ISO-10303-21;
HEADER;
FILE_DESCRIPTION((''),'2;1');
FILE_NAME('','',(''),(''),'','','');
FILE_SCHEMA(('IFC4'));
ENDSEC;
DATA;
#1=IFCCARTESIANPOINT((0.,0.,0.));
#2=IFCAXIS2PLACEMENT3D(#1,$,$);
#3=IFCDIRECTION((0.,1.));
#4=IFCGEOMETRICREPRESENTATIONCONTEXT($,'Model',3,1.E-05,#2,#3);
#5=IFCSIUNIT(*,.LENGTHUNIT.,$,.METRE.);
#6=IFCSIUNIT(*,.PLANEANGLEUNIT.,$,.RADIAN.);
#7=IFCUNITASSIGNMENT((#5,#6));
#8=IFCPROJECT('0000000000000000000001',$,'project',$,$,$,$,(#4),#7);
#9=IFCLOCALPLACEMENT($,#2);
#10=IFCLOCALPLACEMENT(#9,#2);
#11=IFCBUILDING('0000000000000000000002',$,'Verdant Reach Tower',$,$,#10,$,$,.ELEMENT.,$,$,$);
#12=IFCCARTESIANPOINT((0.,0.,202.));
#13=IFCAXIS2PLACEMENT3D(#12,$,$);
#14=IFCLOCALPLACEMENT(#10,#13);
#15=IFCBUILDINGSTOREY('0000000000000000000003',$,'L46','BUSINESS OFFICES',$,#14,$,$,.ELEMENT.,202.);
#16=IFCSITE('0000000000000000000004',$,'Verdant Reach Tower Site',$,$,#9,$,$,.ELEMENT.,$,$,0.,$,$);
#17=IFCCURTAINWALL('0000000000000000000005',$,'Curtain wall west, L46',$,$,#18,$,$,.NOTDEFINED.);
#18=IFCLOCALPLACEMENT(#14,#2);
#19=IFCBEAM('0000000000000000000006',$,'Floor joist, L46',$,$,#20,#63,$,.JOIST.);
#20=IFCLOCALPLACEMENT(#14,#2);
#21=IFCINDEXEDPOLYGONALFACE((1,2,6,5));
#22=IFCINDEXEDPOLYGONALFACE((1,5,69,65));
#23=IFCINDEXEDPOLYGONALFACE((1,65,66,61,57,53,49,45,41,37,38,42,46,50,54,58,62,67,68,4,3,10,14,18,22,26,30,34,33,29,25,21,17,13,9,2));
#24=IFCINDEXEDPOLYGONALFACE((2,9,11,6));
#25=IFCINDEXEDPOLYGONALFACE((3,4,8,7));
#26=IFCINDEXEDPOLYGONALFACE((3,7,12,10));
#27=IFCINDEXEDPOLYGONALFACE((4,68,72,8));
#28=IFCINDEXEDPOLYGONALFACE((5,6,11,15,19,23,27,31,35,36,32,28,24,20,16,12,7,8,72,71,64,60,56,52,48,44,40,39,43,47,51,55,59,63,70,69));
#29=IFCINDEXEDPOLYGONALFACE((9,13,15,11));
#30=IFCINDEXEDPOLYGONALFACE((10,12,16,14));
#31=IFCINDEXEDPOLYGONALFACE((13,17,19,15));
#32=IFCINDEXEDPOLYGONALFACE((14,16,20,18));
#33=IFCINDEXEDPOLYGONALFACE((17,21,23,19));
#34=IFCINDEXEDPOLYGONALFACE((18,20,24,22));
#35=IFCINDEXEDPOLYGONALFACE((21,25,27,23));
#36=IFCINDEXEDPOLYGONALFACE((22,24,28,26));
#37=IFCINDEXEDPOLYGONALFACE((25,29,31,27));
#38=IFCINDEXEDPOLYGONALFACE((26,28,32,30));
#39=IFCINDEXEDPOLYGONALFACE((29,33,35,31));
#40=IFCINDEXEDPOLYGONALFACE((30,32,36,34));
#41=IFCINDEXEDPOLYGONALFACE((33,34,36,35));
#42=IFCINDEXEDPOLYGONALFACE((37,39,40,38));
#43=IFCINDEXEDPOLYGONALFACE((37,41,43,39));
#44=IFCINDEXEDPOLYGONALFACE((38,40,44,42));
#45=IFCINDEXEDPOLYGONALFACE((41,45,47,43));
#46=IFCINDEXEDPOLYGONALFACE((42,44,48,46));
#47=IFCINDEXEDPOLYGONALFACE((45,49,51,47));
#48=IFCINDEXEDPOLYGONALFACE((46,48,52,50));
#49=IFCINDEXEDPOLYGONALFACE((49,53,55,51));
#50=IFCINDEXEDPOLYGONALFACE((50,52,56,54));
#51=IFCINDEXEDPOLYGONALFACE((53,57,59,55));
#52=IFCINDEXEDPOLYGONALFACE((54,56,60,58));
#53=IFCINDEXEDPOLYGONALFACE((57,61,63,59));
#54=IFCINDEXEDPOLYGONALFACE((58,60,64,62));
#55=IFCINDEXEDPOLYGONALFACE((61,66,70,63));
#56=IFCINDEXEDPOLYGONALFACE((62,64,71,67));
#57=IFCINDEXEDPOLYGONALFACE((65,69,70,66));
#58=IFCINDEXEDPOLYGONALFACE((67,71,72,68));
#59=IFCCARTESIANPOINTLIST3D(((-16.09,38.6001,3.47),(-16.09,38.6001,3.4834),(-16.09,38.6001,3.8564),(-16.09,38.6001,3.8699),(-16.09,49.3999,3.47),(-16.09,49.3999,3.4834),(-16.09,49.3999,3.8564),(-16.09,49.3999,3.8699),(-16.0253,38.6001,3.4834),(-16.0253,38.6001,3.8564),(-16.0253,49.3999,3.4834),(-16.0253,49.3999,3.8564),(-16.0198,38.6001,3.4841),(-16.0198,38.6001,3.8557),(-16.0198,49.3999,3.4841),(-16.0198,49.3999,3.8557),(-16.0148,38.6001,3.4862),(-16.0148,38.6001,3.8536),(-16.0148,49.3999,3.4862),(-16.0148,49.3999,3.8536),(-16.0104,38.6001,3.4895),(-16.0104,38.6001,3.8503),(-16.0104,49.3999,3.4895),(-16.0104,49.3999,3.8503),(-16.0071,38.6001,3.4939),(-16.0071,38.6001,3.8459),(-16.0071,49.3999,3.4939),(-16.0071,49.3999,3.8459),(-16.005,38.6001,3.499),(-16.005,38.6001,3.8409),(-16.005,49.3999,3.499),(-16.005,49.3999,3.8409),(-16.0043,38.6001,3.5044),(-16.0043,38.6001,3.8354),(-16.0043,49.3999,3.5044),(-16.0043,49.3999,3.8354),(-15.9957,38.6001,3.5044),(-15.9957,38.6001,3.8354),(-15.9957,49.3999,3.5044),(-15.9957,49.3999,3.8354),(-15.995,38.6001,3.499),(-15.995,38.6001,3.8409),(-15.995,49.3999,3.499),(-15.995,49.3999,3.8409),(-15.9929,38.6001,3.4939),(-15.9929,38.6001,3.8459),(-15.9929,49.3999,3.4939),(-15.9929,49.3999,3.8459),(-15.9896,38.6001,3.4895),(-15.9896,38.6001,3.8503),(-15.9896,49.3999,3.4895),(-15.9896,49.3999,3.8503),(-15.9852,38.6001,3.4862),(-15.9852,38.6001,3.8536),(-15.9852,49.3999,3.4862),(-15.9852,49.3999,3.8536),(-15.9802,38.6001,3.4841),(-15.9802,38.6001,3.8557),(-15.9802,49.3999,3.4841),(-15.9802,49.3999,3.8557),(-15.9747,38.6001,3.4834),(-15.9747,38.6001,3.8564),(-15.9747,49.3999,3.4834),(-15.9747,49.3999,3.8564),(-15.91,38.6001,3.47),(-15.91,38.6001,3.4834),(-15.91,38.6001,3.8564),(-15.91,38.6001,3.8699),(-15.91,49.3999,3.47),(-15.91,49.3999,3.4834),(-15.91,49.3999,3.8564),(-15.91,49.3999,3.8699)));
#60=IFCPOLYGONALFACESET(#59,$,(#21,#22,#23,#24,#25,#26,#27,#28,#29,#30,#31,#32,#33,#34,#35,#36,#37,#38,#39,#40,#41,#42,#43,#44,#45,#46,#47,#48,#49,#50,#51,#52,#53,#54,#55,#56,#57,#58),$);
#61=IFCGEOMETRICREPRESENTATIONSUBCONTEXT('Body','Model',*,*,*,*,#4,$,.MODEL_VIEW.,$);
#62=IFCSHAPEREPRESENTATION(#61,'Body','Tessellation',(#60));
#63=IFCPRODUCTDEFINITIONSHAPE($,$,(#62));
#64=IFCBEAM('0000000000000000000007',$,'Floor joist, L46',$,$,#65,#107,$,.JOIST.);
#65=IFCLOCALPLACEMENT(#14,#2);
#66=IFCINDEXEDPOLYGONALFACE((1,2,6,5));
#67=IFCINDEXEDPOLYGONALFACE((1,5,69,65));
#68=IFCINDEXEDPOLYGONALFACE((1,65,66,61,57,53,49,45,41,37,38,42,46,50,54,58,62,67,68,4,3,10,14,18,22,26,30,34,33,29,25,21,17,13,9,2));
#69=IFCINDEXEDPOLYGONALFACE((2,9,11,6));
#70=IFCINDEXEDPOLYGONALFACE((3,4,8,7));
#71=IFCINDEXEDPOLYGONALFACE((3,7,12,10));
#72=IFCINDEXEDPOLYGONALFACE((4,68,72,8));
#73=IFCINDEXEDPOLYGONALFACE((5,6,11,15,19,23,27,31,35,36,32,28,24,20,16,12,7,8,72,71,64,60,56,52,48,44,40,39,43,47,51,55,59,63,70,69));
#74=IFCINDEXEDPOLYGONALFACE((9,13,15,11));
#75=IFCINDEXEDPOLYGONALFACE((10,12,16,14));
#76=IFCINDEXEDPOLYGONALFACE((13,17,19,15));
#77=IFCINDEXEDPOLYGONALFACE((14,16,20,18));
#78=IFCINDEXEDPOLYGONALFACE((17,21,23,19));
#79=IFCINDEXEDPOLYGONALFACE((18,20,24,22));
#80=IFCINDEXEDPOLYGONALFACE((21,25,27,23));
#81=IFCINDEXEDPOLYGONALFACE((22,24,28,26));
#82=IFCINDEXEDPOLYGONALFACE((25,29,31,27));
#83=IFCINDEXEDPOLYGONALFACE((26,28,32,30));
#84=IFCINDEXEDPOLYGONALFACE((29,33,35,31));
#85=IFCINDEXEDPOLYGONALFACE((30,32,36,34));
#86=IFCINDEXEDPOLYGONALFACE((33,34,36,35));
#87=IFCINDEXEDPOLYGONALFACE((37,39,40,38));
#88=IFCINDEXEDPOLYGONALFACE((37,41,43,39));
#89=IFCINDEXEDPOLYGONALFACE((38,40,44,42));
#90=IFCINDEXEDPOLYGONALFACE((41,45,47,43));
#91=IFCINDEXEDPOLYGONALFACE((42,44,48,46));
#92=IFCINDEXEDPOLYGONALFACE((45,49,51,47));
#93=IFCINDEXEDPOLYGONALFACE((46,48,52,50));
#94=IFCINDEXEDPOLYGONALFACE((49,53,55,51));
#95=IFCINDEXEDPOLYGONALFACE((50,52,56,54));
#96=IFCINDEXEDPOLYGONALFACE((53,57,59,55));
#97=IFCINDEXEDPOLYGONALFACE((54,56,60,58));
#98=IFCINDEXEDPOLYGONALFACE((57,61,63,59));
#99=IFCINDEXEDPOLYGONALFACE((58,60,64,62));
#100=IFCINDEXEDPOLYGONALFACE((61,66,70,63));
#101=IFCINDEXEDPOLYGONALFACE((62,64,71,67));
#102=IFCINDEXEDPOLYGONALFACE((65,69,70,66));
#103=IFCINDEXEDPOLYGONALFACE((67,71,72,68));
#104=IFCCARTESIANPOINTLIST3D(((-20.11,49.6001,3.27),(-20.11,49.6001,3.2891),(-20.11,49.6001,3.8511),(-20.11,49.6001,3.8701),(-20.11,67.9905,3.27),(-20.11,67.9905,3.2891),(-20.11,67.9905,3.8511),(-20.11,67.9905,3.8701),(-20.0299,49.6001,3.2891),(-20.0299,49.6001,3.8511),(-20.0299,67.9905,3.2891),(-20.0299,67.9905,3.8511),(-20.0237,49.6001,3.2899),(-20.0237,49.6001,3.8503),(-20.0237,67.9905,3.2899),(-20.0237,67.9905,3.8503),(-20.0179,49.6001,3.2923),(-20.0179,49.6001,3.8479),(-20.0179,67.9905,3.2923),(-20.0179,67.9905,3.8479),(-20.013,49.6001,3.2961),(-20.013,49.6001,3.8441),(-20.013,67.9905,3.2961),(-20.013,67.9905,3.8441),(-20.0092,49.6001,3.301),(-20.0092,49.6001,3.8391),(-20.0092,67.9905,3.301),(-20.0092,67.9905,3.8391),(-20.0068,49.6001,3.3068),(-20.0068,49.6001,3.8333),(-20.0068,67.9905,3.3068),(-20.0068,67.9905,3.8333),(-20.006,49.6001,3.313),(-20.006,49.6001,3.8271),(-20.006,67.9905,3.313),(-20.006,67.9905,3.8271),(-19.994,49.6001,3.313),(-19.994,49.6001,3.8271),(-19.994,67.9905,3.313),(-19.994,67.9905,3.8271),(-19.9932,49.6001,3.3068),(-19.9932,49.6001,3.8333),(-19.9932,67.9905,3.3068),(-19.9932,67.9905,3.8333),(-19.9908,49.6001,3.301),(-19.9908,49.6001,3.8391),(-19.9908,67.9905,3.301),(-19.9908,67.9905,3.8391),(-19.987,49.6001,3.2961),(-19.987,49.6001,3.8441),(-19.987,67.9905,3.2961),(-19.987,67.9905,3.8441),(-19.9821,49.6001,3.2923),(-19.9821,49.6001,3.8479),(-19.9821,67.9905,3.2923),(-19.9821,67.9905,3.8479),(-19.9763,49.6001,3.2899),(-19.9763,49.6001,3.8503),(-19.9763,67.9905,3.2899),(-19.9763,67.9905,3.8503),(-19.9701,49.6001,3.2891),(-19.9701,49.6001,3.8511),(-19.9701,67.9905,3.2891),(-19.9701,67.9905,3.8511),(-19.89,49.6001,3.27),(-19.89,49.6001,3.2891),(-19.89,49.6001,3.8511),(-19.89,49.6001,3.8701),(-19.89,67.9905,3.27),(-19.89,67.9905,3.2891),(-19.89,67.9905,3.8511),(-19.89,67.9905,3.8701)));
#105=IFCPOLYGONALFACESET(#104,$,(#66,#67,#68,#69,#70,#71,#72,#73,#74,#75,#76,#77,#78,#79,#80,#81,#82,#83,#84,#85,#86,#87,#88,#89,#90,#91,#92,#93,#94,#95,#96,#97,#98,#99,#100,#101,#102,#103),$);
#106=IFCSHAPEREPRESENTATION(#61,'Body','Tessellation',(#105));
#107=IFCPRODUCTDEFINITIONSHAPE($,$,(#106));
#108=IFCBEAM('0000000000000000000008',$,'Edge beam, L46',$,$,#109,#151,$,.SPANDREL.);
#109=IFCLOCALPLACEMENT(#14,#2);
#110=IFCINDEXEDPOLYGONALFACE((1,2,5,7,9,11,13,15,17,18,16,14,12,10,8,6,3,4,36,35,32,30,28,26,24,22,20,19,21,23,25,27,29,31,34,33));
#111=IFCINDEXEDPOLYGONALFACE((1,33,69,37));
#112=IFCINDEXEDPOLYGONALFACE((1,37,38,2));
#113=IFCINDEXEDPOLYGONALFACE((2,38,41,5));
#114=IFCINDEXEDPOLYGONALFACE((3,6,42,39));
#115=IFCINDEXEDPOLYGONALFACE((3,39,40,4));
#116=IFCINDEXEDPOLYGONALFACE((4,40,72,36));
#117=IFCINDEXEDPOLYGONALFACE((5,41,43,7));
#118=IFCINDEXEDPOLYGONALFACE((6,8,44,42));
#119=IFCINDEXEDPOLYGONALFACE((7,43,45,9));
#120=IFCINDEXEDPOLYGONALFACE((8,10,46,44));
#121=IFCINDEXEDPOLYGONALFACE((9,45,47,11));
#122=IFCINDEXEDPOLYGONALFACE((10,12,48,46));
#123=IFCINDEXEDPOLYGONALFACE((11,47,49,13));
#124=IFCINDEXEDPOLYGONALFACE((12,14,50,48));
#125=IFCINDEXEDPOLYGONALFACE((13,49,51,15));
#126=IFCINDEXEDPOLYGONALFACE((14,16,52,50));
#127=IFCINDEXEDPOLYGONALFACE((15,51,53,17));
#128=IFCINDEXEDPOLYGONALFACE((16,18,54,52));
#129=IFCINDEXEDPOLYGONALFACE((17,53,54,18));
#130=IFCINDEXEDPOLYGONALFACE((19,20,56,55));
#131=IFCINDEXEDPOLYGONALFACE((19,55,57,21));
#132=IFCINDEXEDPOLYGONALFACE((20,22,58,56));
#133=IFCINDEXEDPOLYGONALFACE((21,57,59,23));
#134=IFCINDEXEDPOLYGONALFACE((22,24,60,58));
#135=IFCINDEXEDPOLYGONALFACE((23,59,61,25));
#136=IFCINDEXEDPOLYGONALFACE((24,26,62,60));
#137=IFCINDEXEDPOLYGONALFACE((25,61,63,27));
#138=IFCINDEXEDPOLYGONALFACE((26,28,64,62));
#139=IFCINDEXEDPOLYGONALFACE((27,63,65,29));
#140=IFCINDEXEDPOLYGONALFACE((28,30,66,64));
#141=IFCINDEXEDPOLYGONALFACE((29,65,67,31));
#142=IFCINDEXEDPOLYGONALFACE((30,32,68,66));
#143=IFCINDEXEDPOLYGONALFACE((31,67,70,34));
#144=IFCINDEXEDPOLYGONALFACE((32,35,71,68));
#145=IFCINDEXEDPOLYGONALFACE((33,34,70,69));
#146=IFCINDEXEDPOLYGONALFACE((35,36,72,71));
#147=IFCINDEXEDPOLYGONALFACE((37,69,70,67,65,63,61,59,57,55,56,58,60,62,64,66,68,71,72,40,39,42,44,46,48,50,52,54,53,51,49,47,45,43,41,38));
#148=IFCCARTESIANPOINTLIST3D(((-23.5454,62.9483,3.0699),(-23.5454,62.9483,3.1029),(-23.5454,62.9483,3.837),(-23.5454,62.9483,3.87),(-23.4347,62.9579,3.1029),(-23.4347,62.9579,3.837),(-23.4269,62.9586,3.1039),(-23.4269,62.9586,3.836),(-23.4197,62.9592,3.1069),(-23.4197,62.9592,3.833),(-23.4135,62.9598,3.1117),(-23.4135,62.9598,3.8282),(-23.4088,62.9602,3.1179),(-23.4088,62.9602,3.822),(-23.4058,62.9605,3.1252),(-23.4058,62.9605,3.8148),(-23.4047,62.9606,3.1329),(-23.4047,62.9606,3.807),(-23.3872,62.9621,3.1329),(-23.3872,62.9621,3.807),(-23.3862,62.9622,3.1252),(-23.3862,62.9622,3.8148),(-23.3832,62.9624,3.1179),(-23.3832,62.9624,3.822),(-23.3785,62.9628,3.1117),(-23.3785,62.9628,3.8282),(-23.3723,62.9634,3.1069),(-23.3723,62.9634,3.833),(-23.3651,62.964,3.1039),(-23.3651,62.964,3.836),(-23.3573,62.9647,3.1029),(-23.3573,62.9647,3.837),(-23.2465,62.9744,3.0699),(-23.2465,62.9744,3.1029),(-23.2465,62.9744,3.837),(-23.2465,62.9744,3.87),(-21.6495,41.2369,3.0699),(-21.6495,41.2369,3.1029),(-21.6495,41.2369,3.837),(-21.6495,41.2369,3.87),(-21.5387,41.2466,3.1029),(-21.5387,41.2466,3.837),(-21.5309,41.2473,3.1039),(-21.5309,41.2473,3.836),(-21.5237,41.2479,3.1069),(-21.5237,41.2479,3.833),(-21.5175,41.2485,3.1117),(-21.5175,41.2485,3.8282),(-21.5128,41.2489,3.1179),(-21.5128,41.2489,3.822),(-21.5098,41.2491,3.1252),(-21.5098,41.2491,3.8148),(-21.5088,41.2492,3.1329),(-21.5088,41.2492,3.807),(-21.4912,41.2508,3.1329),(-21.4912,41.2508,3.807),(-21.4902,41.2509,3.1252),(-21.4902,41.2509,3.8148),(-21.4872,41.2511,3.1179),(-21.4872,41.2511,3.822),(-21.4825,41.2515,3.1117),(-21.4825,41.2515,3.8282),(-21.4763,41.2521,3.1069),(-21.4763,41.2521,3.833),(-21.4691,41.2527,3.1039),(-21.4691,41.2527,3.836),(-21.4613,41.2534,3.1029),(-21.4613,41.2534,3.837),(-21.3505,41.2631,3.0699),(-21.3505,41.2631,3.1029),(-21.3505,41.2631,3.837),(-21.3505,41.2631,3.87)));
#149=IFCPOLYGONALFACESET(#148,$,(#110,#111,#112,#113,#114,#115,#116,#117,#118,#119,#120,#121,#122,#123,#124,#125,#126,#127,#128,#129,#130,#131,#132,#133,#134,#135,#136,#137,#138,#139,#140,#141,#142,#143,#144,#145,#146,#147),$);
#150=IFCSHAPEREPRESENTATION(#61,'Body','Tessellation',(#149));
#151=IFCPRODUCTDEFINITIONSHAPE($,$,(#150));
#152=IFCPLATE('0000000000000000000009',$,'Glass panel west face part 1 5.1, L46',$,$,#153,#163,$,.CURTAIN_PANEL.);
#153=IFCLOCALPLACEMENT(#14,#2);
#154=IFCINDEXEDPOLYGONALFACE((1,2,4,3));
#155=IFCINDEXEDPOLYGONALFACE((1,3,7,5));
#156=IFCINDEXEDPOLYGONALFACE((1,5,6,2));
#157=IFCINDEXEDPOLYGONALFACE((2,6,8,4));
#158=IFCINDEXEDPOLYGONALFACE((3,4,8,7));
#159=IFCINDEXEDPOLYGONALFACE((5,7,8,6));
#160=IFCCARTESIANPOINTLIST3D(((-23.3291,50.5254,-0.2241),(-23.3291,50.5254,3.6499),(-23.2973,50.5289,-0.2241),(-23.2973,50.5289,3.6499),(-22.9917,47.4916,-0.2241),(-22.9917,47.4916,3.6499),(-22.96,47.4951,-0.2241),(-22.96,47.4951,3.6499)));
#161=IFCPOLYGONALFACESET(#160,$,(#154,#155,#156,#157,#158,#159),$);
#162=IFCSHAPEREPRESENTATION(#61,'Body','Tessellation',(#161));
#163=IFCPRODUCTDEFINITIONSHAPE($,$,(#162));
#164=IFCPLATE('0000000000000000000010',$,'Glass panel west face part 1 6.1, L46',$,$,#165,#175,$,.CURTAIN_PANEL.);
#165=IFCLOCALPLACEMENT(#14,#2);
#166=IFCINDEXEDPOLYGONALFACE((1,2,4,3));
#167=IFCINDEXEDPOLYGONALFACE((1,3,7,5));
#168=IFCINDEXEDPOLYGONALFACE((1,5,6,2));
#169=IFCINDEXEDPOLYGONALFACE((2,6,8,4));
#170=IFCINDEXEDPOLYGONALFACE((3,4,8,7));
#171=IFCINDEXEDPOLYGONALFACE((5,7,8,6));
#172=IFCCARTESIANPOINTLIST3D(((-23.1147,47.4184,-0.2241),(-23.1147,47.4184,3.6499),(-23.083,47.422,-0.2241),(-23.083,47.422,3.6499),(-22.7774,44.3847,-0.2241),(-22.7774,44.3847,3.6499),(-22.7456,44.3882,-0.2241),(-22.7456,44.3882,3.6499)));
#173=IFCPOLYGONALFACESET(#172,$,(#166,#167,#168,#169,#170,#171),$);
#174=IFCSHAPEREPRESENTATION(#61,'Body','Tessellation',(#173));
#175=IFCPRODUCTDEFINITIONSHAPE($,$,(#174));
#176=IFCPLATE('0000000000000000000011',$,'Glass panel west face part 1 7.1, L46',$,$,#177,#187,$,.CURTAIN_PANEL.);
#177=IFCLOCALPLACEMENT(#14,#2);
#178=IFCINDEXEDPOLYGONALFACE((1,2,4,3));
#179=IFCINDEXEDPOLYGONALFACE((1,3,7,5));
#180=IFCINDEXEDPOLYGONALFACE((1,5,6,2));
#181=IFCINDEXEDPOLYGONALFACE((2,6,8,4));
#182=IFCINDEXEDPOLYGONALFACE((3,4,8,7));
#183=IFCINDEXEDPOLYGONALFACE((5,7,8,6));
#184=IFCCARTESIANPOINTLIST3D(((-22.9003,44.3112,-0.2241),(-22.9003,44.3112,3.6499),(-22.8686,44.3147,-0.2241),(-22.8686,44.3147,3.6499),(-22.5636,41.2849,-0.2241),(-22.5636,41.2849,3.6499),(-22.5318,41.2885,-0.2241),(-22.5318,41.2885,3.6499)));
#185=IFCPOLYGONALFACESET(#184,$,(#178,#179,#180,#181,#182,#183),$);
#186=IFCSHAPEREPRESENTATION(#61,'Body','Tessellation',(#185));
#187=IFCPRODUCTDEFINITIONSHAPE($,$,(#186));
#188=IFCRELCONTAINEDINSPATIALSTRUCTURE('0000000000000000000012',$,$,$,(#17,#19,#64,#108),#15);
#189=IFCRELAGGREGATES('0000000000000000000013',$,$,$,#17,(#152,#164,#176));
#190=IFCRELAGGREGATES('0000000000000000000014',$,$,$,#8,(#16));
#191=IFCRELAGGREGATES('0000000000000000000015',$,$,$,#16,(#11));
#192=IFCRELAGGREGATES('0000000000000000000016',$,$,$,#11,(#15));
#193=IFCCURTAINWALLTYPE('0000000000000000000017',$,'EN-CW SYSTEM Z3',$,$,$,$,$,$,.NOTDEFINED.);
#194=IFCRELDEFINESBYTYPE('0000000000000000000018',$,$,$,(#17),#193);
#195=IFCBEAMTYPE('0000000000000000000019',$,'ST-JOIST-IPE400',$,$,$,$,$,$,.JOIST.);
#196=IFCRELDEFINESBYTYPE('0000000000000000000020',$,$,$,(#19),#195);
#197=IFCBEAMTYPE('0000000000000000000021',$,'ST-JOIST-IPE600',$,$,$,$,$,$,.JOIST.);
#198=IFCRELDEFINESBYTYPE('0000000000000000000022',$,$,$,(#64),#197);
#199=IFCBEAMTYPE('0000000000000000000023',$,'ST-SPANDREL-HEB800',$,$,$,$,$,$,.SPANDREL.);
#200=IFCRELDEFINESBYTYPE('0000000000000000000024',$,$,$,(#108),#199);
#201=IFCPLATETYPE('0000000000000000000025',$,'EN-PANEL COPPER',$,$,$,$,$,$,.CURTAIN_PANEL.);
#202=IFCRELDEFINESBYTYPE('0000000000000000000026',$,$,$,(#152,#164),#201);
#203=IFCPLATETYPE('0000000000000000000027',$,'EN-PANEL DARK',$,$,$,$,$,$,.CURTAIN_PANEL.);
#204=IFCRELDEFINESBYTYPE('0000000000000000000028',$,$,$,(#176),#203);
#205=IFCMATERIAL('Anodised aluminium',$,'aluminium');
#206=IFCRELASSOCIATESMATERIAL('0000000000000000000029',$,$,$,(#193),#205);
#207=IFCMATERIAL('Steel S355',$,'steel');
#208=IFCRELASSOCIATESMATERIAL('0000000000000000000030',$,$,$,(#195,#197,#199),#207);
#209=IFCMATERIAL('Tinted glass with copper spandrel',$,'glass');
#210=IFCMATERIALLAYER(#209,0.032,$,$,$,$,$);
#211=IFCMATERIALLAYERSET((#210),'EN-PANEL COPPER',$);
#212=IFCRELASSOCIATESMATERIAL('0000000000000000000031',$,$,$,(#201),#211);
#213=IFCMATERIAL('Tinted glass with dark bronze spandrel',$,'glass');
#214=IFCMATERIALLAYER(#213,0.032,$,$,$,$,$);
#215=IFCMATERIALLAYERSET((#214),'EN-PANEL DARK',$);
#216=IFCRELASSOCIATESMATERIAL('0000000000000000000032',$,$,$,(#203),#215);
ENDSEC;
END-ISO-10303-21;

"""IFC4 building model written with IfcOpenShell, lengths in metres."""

from ifc_helpers import new_model, si_unit, direction, frame, origin, origin_2d, place, context, subcontext, project, spatial, rectangle, i_section, extrude, material, layer, layer_set, material_profile, profile_set, type_object, element, aggregate, save


model = new_model("IFC4")

# Units and contexts
model_context = context("Model", 3, precision=1e-05, world=origin(), true_north=direction((0.0, 1.0)))
body_context = subcontext(model_context, "Body", "Model", "MODEL_VIEW")
ifc_project = project(units=[si_unit("LENGTHUNIT", "METRE"), si_unit("PLANEANGLEUNIT", "RADIAN")], contexts=[model_context])

# Site, building, storey
site_placement = place(None, origin())
site = spatial("IfcSite", under=ifc_project, at=site_placement, Name="Verdant Reach Tower Site", CompositionType="ELEMENT", RefElevation=0.0)
building_placement = place(site_placement, origin())
building = spatial("IfcBuilding", under=site, at=building_placement, Name="Verdant Reach Tower", CompositionType="ELEMENT")
storey_placement = place(building_placement, frame((0.0, 0.0, 202.0)))
storey = spatial("IfcBuildingStorey", under=building, at=storey_placement, Name="L46", Description="BUSINESS OFFICES", CompositionType="ELEMENT", Elevation=202.0)

# Curtain wall
ifc_material_1 = material(Name="Anodised aluminium", Category="aluminium")
curtain_wall_type = type_object("IfcCurtainWallType", Name="EN-CW SYSTEM Z3", PredefinedType="NOTDEFINED", material=ifc_material_1)
curtain_wall_placement = place(storey_placement, origin())
curtain_wall = element("IfcCurtainWall", 1, at=curtain_wall_placement, inside=storey, type_object=curtain_wall_type, Name="Curtain wall west, L46", PredefinedType="NOTDEFINED")

# Beams
ifc_material_2 = material(Name="Steel S355", Category="steel")
ifc_material_profile_1 = material_profile(ifc_material_2, i_section(OverallWidth=0.1799, OverallDepth=0.3999, WebThickness=0.0085, FlangeThickness=0.0134, FilletRadius=0.021, at=origin_2d()), Name="IPE 400")
ifc_profile_set_1 = profile_set([ifc_material_profile_1], Name="Steel S355")
beam_type_1 = type_object("IfcBeamType", Name="ST-JOIST-IPE400", PredefinedType="JOIST", material=ifc_profile_set_1)
for number, where, z_axis, x_axis, name in (
    (2, (-16.0, 38.6001, 3.6699), (0.0, 1.0, 0.0), (-1.0, 0.0, 0.0), "Floor joist, L46"),
):
    element("IfcBeam", number, at=place(storey_placement, frame(where, z_axis=z_axis, x_axis=x_axis)), inside=storey, type_object=beam_type_1, Name=name, PredefinedType="JOIST", context=body_context, shape_type="SweptSolid", body=[
        extrude(i_section(OverallWidth=0.1799, OverallDepth=0.3999, WebThickness=0.0085, FlangeThickness=0.0134, FilletRadius=0.021, at=origin_2d()), origin(), (0.0, 0.0, 1.0), 10.7998),
    ])
ifc_material_profile_2 = material_profile(ifc_material_2, i_section(OverallWidth=0.22, OverallDepth=0.6001, WebThickness=0.012, FlangeThickness=0.019, FilletRadius=0.0239, at=origin_2d()), Name="IPE 600")
ifc_profile_set_2 = profile_set([ifc_material_profile_2], Name="Steel S355")
beam_type_2 = type_object("IfcBeamType", Name="ST-JOIST-IPE600", PredefinedType="JOIST", material=ifc_profile_set_2)
beam_1_placement = place(storey_placement, frame((-20.0, 49.6001, 3.5701), z_axis=(0.0, 1.0, 0.0), x_axis=(-1.0, 0.0, 0.0)))
element("IfcBeam", 3, at=beam_1_placement, inside=storey, type_object=beam_type_2, Name="Floor joist, L46", PredefinedType="JOIST", context=body_context, shape_type="SweptSolid", body=[
    extrude(i_section(OverallWidth=0.22, OverallDepth=0.6001, WebThickness=0.012, FlangeThickness=0.019, FilletRadius=0.0239, at=origin_2d()), origin(), (0.0, 0.0, 1.0), 18.3904),
])
ifc_material_profile_3 = material_profile(ifc_material_2, i_section(OverallWidth=0.3, OverallDepth=0.8, WebThickness=0.0176, FlangeThickness=0.033, FilletRadius=0.03, at=origin_2d()), Name="HEB 800")
ifc_profile_set_3 = profile_set([ifc_material_profile_3], Name="Steel S355")
beam_type_3 = type_object("IfcBeamType", Name="ST-SPANDREL-HEB800", PredefinedType="SPANDREL", material=ifc_profile_set_3)
beam_2_placement = place(storey_placement, frame((-21.5, 41.25, 3.47), z_axis=(-0.086996, 0.996209, 0.0), x_axis=(-0.996209, -0.086996, 0.0)))
element("IfcBeam", 4, at=beam_2_placement, inside=storey, type_object=beam_type_3, Name="Edge beam, L46", PredefinedType="SPANDREL", context=body_context, shape_type="SweptSolid", body=[
    extrude(i_section(OverallWidth=0.3, OverallDepth=0.8, WebThickness=0.0176, FlangeThickness=0.033, FilletRadius=0.03, at=origin_2d()), origin(), (0.0, 0.0, 1.0), 21.7939),
])

# Plates
ifc_material_3 = material(Name="Tinted glass with copper spandrel", Category="glass")
ifc_layer_1 = layer(ifc_material_3, 0.032)
ifc_layer_set_1 = layer_set([ifc_layer_1], Name="EN-PANEL COPPER")
plate_type_1 = type_object("IfcPlateType", Name="EN-PANEL COPPER", PredefinedType="CURTAIN_PANEL", material=ifc_layer_set_1)
plate_1_placement = place(storey_placement, frame((-23.1445, 49.0103, -0.2241), z_axis=(0.0, 0.0, 1.0), x_axis=(0.110518, -0.993874, 0.0)))
plate_1 = element("IfcPlate", 5, at=plate_1_placement, type_object=plate_type_1, Name="Glass panel west face part 1 5.1, L46", PredefinedType="CURTAIN_PANEL", context=body_context, shape_type="SweptSolid", body=[
    extrude(rectangle(XDim=3.0525, YDim=0.032, at=origin_2d()), origin(), (0.0, 0.0, 1.0), 3.874),
])
plate_2_placement = place(storey_placement, frame((-22.9302, 45.9033, -0.2241), z_axis=(0.0, 0.0, 1.0), x_axis=(0.110518, -0.993874, 0.0)))
plate_2 = element("IfcPlate", 6, at=plate_2_placement, type_object=plate_type_1, Name="Glass panel west face part 1 6.1, L46", PredefinedType="CURTAIN_PANEL", context=body_context, shape_type="SweptSolid", body=[
    extrude(rectangle(XDim=3.0525, YDim=0.032, at=origin_2d()), origin(), (0.0, 0.0, 1.0), 3.874),
])
ifc_material_4 = material(Name="Tinted glass with dark bronze spandrel", Category="glass")
ifc_layer_2 = layer(ifc_material_4, 0.032)
ifc_layer_set_2 = layer_set([ifc_layer_2], Name="EN-PANEL DARK")
plate_type_2 = type_object("IfcPlateType", Name="EN-PANEL DARK", PredefinedType="CURTAIN_PANEL", material=ifc_layer_set_2)
plate_3_placement = place(storey_placement, frame((-22.7161, 42.7998, -0.2241), z_axis=(0.0, 0.0, 1.0), x_axis=(0.110601, -0.993865, 0.0)))
plate_3 = element("IfcPlate", 7, at=plate_3_placement, type_object=plate_type_2, Name="Glass panel west face part 1 7.1, L46", PredefinedType="CURTAIN_PANEL", context=body_context, shape_type="SweptSolid", body=[
    extrude(rectangle(XDim=3.0449, YDim=0.032, at=origin_2d()), origin(), (0.0, 0.0, 1.0), 3.874),
])
aggregate(curtain_wall, [plate_1, plate_2, plate_3])

save(model, "model.ifc")
